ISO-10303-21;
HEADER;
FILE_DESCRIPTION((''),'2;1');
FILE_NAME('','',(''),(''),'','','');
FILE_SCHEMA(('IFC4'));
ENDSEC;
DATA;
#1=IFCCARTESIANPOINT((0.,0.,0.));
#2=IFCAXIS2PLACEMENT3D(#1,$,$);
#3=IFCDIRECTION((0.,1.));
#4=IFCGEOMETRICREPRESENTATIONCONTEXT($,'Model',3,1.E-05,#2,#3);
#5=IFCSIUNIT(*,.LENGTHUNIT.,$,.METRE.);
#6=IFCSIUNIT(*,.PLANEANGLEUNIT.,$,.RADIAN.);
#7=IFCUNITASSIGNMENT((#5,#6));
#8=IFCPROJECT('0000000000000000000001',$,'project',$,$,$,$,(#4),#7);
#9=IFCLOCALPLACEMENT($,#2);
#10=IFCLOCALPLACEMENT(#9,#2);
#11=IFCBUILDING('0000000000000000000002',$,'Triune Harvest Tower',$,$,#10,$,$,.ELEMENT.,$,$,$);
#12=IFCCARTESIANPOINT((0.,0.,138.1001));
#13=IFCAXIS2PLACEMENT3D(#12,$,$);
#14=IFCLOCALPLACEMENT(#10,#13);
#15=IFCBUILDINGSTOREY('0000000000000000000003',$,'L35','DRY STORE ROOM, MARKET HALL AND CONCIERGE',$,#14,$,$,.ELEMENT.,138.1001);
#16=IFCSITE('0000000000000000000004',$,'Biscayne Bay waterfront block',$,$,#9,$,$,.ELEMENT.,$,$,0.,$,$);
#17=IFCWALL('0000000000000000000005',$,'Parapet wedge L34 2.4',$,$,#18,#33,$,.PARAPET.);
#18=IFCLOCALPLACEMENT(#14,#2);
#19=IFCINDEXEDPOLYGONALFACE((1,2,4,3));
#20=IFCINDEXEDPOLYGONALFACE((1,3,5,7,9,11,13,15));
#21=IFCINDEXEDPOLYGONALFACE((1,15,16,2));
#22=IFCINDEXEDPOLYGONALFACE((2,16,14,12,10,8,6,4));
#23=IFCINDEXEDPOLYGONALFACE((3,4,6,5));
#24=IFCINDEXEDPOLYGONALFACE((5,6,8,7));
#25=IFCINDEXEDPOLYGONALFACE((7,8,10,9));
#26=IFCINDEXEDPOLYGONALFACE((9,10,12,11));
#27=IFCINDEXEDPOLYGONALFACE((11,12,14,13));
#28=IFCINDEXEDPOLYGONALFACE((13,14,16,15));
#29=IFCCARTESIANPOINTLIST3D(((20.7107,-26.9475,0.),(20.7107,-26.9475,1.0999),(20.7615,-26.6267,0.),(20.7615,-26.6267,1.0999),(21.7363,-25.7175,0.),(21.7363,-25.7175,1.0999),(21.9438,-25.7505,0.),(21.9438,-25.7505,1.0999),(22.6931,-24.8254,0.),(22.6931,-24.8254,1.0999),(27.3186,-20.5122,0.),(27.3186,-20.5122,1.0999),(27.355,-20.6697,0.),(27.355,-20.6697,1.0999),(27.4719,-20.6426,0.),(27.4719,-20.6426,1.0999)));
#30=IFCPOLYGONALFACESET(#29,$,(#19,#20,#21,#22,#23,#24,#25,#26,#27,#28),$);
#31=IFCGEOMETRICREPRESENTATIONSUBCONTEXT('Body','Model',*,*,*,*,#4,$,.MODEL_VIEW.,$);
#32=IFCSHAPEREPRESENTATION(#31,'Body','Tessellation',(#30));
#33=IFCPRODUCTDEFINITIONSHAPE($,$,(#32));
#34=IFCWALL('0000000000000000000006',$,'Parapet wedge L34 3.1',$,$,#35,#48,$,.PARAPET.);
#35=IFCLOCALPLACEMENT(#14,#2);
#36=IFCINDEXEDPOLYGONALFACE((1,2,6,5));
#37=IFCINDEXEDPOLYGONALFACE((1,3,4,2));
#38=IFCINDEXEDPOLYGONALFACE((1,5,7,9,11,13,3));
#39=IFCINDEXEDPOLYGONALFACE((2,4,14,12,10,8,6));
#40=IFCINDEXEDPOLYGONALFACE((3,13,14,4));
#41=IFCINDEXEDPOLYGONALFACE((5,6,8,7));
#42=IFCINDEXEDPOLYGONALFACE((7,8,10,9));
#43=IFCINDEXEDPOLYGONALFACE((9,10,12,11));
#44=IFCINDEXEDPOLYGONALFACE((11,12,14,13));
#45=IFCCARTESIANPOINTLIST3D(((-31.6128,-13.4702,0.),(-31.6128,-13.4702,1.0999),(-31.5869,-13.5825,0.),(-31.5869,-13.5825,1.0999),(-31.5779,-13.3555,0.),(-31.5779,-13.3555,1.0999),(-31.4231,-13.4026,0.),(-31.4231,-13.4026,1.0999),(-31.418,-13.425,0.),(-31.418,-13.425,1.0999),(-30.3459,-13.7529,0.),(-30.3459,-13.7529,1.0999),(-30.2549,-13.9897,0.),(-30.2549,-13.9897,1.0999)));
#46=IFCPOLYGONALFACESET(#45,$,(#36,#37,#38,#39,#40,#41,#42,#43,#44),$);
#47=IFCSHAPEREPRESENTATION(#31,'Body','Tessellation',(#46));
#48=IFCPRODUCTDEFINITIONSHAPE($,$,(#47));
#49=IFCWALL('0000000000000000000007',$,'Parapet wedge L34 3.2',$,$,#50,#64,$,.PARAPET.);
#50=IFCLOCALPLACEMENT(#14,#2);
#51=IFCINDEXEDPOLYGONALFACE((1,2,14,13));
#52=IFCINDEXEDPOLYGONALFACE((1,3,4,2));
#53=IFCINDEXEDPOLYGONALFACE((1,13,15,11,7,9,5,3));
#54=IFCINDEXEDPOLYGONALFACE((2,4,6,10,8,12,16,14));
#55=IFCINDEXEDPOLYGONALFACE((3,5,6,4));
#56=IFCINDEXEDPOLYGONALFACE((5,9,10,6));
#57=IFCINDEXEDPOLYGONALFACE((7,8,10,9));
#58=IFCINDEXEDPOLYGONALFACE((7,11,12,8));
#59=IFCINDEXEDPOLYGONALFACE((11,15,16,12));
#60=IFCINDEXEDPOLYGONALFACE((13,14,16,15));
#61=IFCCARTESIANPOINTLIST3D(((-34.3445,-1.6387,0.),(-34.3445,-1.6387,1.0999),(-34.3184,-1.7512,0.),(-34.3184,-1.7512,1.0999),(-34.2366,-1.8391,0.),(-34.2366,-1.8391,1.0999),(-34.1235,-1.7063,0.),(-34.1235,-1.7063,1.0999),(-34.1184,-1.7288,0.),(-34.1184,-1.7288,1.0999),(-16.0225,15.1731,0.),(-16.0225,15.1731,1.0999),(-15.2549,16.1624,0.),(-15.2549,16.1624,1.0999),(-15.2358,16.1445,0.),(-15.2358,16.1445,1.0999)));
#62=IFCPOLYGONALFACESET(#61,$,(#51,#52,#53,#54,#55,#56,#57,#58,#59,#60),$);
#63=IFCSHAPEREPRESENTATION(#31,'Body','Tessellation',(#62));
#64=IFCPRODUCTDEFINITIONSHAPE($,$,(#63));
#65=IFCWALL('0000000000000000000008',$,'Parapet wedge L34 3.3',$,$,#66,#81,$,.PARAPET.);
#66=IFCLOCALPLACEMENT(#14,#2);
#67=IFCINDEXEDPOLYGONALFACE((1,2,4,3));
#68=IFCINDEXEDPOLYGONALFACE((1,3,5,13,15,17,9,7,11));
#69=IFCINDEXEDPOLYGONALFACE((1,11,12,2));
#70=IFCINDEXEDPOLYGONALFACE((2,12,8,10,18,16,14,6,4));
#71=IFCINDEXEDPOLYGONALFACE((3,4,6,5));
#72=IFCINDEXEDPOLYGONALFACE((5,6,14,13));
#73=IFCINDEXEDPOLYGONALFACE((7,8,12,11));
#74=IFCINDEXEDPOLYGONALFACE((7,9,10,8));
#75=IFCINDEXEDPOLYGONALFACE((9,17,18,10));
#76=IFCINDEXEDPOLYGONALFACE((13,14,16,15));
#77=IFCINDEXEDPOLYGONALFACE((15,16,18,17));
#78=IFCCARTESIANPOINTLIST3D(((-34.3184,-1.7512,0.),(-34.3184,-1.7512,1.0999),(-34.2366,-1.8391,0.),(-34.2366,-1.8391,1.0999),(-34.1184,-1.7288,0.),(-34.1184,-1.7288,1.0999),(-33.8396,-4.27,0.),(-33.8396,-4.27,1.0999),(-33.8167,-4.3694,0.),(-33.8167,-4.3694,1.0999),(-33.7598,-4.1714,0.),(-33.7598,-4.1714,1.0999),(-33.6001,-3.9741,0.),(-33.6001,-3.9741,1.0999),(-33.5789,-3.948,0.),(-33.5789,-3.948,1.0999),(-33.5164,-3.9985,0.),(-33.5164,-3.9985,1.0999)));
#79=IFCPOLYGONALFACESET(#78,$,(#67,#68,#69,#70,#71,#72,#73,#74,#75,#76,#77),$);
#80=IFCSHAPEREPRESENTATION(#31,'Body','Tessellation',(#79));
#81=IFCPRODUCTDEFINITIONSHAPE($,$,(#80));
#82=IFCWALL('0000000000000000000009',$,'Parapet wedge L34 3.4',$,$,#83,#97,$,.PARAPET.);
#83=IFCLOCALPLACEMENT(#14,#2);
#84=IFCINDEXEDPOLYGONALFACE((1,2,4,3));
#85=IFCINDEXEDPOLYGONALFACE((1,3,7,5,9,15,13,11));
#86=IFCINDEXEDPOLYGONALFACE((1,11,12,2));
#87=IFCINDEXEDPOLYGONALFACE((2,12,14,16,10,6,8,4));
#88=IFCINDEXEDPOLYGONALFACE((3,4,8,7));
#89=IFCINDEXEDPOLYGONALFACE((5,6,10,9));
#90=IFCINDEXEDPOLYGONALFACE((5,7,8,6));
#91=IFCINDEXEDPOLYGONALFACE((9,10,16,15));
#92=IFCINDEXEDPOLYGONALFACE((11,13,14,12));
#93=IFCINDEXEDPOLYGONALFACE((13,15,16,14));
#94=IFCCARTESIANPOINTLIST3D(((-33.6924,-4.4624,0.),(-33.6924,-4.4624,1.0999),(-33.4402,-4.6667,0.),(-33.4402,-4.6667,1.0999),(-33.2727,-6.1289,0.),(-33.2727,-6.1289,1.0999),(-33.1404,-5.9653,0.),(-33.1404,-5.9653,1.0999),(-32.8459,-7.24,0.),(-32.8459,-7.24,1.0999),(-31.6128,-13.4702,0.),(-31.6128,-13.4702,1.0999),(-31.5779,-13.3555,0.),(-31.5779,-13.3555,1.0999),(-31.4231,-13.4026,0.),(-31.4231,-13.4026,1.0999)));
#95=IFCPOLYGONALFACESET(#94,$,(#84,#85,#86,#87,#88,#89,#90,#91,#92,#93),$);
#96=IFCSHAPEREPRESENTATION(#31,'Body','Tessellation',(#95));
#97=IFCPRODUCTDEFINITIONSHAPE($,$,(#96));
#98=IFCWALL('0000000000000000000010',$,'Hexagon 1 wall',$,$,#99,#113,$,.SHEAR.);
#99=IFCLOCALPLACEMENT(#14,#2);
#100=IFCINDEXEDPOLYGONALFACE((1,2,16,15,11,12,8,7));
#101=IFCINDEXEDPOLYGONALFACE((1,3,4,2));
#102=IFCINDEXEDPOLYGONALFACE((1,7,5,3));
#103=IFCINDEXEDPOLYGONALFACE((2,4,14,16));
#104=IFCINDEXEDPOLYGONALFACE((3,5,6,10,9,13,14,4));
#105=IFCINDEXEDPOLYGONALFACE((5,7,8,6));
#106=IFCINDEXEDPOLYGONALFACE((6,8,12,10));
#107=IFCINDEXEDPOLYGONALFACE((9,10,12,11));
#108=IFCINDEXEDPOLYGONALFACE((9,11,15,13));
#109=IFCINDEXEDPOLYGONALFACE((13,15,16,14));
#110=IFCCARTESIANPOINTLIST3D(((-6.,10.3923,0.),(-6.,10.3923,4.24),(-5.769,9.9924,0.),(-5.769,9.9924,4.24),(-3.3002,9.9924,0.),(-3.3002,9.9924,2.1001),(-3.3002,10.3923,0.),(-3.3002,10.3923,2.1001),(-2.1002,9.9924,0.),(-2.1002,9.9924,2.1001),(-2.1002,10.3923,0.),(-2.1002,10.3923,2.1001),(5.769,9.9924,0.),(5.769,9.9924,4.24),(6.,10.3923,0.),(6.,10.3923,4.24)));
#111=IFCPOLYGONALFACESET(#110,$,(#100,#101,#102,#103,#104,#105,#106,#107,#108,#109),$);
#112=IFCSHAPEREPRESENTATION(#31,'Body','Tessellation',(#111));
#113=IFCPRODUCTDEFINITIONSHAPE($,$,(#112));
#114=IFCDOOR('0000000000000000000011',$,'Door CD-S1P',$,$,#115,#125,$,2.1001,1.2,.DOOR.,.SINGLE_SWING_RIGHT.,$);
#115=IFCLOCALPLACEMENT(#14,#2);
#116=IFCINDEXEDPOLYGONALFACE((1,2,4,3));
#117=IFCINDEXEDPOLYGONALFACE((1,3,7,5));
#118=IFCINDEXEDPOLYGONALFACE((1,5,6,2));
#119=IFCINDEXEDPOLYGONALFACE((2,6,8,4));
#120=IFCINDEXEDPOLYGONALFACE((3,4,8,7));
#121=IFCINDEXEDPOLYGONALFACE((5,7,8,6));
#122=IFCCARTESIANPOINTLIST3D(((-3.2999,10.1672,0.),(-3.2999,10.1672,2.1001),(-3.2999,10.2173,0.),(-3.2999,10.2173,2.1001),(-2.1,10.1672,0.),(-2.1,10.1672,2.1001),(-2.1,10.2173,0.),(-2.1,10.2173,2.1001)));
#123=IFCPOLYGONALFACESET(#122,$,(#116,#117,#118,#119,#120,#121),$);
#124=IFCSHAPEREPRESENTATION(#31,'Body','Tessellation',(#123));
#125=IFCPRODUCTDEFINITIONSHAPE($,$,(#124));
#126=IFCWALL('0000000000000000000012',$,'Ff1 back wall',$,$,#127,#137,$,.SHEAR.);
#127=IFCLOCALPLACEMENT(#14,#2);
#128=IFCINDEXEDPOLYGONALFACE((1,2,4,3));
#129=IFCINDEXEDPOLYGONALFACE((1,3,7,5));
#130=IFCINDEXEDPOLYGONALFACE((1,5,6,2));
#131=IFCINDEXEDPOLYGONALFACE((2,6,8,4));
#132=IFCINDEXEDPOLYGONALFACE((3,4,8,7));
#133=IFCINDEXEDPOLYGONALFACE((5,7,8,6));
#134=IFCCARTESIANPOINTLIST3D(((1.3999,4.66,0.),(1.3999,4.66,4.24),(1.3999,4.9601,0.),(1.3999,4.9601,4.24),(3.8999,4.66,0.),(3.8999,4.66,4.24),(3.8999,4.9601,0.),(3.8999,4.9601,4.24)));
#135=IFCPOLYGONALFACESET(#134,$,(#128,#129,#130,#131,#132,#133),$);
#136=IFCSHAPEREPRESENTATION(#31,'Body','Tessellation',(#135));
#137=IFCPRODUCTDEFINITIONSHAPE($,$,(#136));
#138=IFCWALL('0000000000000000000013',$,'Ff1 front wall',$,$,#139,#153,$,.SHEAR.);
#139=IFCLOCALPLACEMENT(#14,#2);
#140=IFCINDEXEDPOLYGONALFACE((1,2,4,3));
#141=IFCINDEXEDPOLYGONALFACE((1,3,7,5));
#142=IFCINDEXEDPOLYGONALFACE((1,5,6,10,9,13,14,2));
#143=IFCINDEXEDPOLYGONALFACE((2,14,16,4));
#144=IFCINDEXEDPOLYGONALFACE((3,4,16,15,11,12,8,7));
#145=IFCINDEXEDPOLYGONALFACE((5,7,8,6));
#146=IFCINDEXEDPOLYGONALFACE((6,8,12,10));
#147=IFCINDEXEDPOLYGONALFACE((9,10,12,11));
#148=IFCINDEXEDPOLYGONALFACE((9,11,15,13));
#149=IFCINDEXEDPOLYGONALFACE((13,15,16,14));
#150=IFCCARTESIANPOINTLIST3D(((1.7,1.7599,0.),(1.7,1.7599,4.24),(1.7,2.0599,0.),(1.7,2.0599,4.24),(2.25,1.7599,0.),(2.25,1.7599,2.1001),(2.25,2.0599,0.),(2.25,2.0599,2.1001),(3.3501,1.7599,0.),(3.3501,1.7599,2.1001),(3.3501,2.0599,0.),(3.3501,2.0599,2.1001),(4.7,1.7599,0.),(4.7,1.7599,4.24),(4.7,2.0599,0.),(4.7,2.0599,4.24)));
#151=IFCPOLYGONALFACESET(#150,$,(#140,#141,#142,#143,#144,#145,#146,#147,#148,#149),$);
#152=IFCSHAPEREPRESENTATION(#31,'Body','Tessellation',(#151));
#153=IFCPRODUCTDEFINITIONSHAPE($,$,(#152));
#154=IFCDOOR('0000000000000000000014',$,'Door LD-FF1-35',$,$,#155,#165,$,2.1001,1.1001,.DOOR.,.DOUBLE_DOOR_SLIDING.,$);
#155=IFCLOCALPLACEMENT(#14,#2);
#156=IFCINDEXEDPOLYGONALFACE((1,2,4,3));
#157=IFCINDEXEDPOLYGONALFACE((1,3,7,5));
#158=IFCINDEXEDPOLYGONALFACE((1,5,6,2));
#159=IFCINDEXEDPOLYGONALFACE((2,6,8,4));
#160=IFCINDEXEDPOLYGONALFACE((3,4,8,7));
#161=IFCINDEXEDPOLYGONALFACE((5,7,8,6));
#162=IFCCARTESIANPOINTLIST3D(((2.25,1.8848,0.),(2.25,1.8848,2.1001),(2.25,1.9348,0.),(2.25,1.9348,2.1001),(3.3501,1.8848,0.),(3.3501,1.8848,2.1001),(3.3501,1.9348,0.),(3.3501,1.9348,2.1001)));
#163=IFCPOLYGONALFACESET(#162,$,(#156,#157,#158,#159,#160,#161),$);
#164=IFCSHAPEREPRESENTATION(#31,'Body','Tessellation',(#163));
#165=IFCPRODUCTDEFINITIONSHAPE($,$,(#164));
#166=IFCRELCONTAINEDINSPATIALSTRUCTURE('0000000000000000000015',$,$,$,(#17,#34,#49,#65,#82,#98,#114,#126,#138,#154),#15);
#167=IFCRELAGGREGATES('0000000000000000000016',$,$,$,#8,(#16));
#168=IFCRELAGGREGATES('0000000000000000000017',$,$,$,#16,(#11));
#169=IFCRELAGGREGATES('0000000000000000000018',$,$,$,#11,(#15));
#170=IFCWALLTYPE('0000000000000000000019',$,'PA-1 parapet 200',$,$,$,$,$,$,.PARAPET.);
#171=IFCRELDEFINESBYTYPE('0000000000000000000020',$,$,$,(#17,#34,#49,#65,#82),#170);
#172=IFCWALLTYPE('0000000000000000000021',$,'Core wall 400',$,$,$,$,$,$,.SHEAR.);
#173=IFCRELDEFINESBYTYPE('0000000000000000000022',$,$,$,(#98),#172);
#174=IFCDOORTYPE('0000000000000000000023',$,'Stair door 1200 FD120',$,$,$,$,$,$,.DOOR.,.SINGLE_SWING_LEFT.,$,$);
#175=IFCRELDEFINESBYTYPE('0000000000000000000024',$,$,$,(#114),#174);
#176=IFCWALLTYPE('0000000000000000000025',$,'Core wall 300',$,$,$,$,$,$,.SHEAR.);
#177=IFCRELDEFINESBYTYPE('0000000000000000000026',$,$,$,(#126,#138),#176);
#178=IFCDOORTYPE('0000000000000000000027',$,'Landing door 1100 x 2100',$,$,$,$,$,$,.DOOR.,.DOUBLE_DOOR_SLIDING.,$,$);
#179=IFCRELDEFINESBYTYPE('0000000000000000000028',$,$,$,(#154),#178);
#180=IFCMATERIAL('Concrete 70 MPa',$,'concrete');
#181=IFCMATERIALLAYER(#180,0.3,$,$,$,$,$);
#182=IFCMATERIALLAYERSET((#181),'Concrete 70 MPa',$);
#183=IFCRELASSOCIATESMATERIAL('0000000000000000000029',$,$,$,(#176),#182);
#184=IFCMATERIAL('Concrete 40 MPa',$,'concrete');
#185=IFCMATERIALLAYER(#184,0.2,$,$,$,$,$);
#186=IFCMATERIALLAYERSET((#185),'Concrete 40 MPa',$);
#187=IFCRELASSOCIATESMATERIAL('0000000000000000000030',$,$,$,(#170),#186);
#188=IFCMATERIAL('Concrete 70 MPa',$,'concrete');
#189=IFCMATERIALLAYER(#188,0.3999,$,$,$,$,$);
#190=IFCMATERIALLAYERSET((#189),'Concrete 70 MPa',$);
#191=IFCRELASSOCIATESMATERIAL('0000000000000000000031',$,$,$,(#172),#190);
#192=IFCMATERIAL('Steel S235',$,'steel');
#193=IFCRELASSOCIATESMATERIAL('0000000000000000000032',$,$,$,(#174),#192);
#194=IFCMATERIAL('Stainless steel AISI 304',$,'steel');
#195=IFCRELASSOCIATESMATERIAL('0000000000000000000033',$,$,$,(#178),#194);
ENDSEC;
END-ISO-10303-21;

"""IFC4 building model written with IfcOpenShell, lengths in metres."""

from ifc_helpers import new_model, si_unit, direction, frame, frame_2d, origin, place, context, subcontext, project, spatial, polyline, rectangle, outline, extrude, source, transform, mapped, material, layer, layer_set, type_object, element, fill, save


model = new_model("IFC4")

# Units and contexts
model_context = context("Model", 3, precision=1e-05, world=origin(), true_north=direction((0.0, 1.0)))
body_context = subcontext(model_context, "Body", "Model", "MODEL_VIEW")
ifc_project = project(units=[si_unit("LENGTHUNIT", "METRE"), si_unit("PLANEANGLEUNIT", "RADIAN")], contexts=[model_context])

# Site, building, storey
site_placement = place(None, origin())
site = spatial("IfcSite", under=ifc_project, at=site_placement, Name="Biscayne Bay waterfront block", CompositionType="ELEMENT", RefElevation=0.0)
building_placement = place(site_placement, origin())
building = spatial("IfcBuilding", under=site, at=building_placement, Name="Triune Harvest Tower", CompositionType="ELEMENT")
storey_placement = place(building_placement, frame((0.0, 0.0, 138.1001)))
storey = spatial("IfcBuildingStorey", under=building, at=storey_placement, Name="L35", Description="DRY STORE ROOM, MARKET HALL AND CONCIERGE", CompositionType="ELEMENT", Elevation=138.1001)

# Walls
ifc_material_1 = material(Name="Concrete 70 MPa", Category="concrete")
ifc_layer_1 = layer(ifc_material_1, 0.3)
ifc_layer_set_1 = layer_set([ifc_layer_1], Name="Concrete 70 MPa")
wall_type_1 = type_object("IfcWallType", Name="Core wall 300", PredefinedType="SHEAR", material=ifc_layer_set_1)
ifc_material_2 = material(Name="Concrete 40 MPa", Category="concrete")
ifc_layer_2 = layer(ifc_material_2, 0.2)
ifc_layer_set_2 = layer_set([ifc_layer_2], Name="Concrete 40 MPa")
wall_type_2 = type_object("IfcWallType", Name="PA-1 parapet 200", PredefinedType="PARAPET", material=ifc_layer_set_2)
wall_1_placement = place(storey_placement, origin())
element("IfcWall", 1, at=wall_1_placement, inside=storey, type_object=wall_type_2, Name="Parapet wedge L34 2.4", PredefinedType="PARAPET", context=body_context, shape_type="SweptSolid", body=[
    extrude(outline(polyline([(21.7363, -25.7175), (21.9438, -25.7505), (22.6931, -24.8254), (27.3186, -20.5122), (27.355, -20.6697), (27.4719, -20.6426), (20.7107, -26.9475), (20.7615, -26.6267), (21.7363, -25.7175)])), origin(), (0.0, 0.0, 1.0), 1.0999),
])
wall_2_placement = place(storey_placement, origin())
element("IfcWall", 2, at=wall_2_placement, inside=storey, type_object=wall_type_2, Name="Parapet wedge L34 3.1", PredefinedType="PARAPET", context=body_context, shape_type="SweptSolid", body=[
    extrude(outline(polyline([(-31.4231, -13.4026), (-31.418, -13.425), (-30.3459, -13.7529), (-30.2549, -13.9897), (-31.5869, -13.5825), (-31.6128, -13.4702), (-31.5779, -13.3555), (-31.4231, -13.4026)])), origin(), (0.0, 0.0, 1.0), 1.0999),
])
wall_3_placement = place(storey_placement, origin())
element("IfcWall", 3, at=wall_3_placement, inside=storey, type_object=wall_type_2, Name="Parapet wedge L34 3.2", PredefinedType="PARAPET", context=body_context, shape_type="SweptSolid", body=[
    extrude(outline(polyline([(-15.2549, 16.1624), (-15.2358, 16.1445), (-16.0225, 15.1731), (-34.1235, -1.7063), (-34.1184, -1.7288), (-34.2366, -1.8391), (-34.3184, -1.7512), (-34.3445, -1.6387), (-15.2549, 16.1624)])), origin(), (0.0, 0.0, 1.0), 1.0999),
])
wall_4_placement = place(storey_placement, origin())
element("IfcWall", 4, at=wall_4_placement, inside=storey, type_object=wall_type_2, Name="Parapet wedge L34 3.3", PredefinedType="PARAPET", context=body_context, shape_type="SweptSolid", body=[
    extrude(outline(polyline([(-34.1184, -1.7288), (-33.6001, -3.9741), (-33.5789, -3.948), (-33.5164, -3.9985), (-33.8167, -4.3694), (-33.8396, -4.27), (-33.7598, -4.1714), (-34.3184, -1.7512), (-34.2366, -1.8391), (-34.1184, -1.7288)])), origin(), (0.0, 0.0, 1.0), 1.0999),
])
wall_5_placement = place(storey_placement, origin())
element("IfcWall", 5, at=wall_5_placement, inside=storey, type_object=wall_type_2, Name="Parapet wedge L34 3.4", PredefinedType="PARAPET", context=body_context, shape_type="SweptSolid", body=[
    extrude(outline(polyline([(-31.6128, -13.4702), (-33.6924, -4.4624), (-33.4402, -4.6667), (-33.1404, -5.9653), (-33.2727, -6.1289), (-32.8459, -7.24), (-31.4231, -13.4026), (-31.5779, -13.3555), (-31.6128, -13.4702)])), origin(), (0.0, 0.0, 1.0), 1.0999),
])

# Wall, opening, door
ifc_material_3 = material(Name="Concrete 70 MPa", Category="concrete")
ifc_layer_3 = layer(ifc_material_3, 0.3999)
ifc_layer_set_3 = layer_set([ifc_layer_3], Name="Concrete 70 MPa")
wall_type_3 = type_object("IfcWallType", Name="Core wall 400", PredefinedType="SHEAR", material=ifc_layer_set_3)
shared_shape_1 = source(origin(), body_context, "Body", "SweptSolid", [
    extrude(outline(polyline([(-0.1155, -0.2), (11.8845, -0.2), (11.6536, 0.2), (0.1155, 0.2), (-0.1155, -0.2)])), origin(), (0.0, 0.0, 1.0), 4.24),
])
wall_6_placement = place(storey_placement, frame((5.8845, 10.1924, 0.0), z_axis=(0.0, 0.0, 1.0), x_axis=(-1.0, 0.0, 0.0)))
wall_6 = element("IfcWall", 6, at=wall_6_placement, inside=storey, type_object=wall_type_3, Name="Hexagon 1 wall", PredefinedType="SHEAR", context=body_context, shape_type="MappedRepresentation", body=[
    mapped(shared_shape_1, transform((0.0, 0.0, 0.0), scale=1.0)),
])
opening_1_placement = place(wall_6_placement, frame((7.9846, 0.0, 0.0)))
opening_1 = element("IfcOpeningElement", 7, at=opening_1_placement, cuts=wall_6, PredefinedType="OPENING", context=body_context, shape_type="SweptSolid", body=[
    extrude(rectangle(XDim=1.2, YDim=2.1001, at=frame_2d((0.6001, 1.05))), frame((0.0, 0.21, 0.0), z_axis=(0.0, -1.0, 0.0), x_axis=(1.0, 0.0, 0.0)), (0.0, 0.0, 1.0), 0.4199),
])
ifc_material_4 = material(Name="Steel S235", Category="steel")
door_type_1 = type_object("IfcDoorType", Name="Stair door 1200 FD120", OperationType="SINGLE_SWING_LEFT", PredefinedType="DOOR", material=ifc_material_4)
door_1_placement = place(opening_1_placement, frame((1.2, 0.0, 0.0), z_axis=(0.0, 0.0, 1.0), x_axis=(-1.0, 0.0, 0.0)))
door_1 = element("IfcDoor", 8, at=door_1_placement, inside=storey, type_object=door_type_1, Name="Door CD-S1P", OperationType="SINGLE_SWING_RIGHT", OverallHeight=2.1001, OverallWidth=1.2, PredefinedType="DOOR", context=body_context, shape_type="SweptSolid", body=[
    extrude(rectangle(XDim=1.2, YDim=2.1001, at=frame_2d((0.6001, 1.05))), frame((0.0, 0.0249, 0.0), z_axis=(0.0, -1.0, 0.0), x_axis=(1.0, 0.0, 0.0)), (0.0, 0.0, 1.0), 0.05),
])
fill(opening_1, door_1)

# Wall
shared_shape_2 = source(origin(), body_context, "Body", "SweptSolid", [
    extrude(rectangle(XDim=2.5, YDim=0.3, at=frame_2d((1.25, 0.0))), origin(), (0.0, 0.0, 1.0), 4.24),
])
wall_7_placement = place(storey_placement, frame((1.3999, 4.8101, 0.0), z_axis=(0.0, 0.0, 1.0), x_axis=(1.0, 0.0, 0.0)))
element("IfcWall", 9, at=wall_7_placement, inside=storey, type_object=wall_type_1, Name="Ff1 back wall", PredefinedType="SHEAR", context=body_context, shape_type="MappedRepresentation", body=[
    mapped(shared_shape_2, transform((0.0, 0.0, 0.0), scale=1.0)),
])

# Wall, opening, door
shared_shape_3 = source(origin(), body_context, "Body", "SweptSolid", [
    extrude(rectangle(XDim=3.0, YDim=0.3, at=frame_2d((1.5, 0.0))), origin(), (0.0, 0.0, 1.0), 4.24),
])
wall_8_placement = place(storey_placement, frame((1.7, 1.9099, 0.0), z_axis=(0.0, 0.0, 1.0), x_axis=(1.0, 0.0, 0.0)))
wall_8 = element("IfcWall", 10, at=wall_8_placement, inside=storey, type_object=wall_type_1, Name="Ff1 front wall", PredefinedType="SHEAR", context=body_context, shape_type="MappedRepresentation", body=[
    mapped(shared_shape_3, transform((0.0, 0.0, 0.0), scale=1.0)),
])
opening_2_placement = place(wall_8_placement, frame((0.55, 0.0, 0.0)))
opening_2 = element("IfcOpeningElement", 11, at=opening_2_placement, cuts=wall_8, PredefinedType="OPENING", context=body_context, shape_type="SweptSolid", body=[
    extrude(rectangle(XDim=1.1001, YDim=2.1001, at=frame_2d((0.55, 1.05))), frame((0.0, 0.1602, 0.0), z_axis=(0.0, -1.0, 0.0), x_axis=(1.0, 0.0, 0.0)), (0.0, 0.0, 1.0), 0.3201),
])
ifc_material_5 = material(Name="Stainless steel AISI 304", Category="steel")
door_type_2 = type_object("IfcDoorType", Name="Landing door 1100 x 2100", OperationType="DOUBLE_DOOR_SLIDING", PredefinedType="DOOR", material=ifc_material_5)
door_2_placement = place(opening_2_placement, origin())
door_2 = element("IfcDoor", 12, at=door_2_placement, inside=storey, type_object=door_type_2, Name="Door LD-FF1-35", OperationType="DOUBLE_DOOR_SLIDING", OverallHeight=2.1001, OverallWidth=1.1001, PredefinedType="DOOR", context=body_context, shape_type="SweptSolid", body=[
    extrude(rectangle(XDim=1.1001, YDim=2.1001, at=frame_2d((0.55, 1.05))), frame((0.0, 0.0249, 0.0), z_axis=(0.0, -1.0, 0.0), x_axis=(1.0, 0.0, 0.0)), (0.0, 0.0, 1.0), 0.05),
])
fill(opening_2, door_2)

save(model, "model.ifc")
